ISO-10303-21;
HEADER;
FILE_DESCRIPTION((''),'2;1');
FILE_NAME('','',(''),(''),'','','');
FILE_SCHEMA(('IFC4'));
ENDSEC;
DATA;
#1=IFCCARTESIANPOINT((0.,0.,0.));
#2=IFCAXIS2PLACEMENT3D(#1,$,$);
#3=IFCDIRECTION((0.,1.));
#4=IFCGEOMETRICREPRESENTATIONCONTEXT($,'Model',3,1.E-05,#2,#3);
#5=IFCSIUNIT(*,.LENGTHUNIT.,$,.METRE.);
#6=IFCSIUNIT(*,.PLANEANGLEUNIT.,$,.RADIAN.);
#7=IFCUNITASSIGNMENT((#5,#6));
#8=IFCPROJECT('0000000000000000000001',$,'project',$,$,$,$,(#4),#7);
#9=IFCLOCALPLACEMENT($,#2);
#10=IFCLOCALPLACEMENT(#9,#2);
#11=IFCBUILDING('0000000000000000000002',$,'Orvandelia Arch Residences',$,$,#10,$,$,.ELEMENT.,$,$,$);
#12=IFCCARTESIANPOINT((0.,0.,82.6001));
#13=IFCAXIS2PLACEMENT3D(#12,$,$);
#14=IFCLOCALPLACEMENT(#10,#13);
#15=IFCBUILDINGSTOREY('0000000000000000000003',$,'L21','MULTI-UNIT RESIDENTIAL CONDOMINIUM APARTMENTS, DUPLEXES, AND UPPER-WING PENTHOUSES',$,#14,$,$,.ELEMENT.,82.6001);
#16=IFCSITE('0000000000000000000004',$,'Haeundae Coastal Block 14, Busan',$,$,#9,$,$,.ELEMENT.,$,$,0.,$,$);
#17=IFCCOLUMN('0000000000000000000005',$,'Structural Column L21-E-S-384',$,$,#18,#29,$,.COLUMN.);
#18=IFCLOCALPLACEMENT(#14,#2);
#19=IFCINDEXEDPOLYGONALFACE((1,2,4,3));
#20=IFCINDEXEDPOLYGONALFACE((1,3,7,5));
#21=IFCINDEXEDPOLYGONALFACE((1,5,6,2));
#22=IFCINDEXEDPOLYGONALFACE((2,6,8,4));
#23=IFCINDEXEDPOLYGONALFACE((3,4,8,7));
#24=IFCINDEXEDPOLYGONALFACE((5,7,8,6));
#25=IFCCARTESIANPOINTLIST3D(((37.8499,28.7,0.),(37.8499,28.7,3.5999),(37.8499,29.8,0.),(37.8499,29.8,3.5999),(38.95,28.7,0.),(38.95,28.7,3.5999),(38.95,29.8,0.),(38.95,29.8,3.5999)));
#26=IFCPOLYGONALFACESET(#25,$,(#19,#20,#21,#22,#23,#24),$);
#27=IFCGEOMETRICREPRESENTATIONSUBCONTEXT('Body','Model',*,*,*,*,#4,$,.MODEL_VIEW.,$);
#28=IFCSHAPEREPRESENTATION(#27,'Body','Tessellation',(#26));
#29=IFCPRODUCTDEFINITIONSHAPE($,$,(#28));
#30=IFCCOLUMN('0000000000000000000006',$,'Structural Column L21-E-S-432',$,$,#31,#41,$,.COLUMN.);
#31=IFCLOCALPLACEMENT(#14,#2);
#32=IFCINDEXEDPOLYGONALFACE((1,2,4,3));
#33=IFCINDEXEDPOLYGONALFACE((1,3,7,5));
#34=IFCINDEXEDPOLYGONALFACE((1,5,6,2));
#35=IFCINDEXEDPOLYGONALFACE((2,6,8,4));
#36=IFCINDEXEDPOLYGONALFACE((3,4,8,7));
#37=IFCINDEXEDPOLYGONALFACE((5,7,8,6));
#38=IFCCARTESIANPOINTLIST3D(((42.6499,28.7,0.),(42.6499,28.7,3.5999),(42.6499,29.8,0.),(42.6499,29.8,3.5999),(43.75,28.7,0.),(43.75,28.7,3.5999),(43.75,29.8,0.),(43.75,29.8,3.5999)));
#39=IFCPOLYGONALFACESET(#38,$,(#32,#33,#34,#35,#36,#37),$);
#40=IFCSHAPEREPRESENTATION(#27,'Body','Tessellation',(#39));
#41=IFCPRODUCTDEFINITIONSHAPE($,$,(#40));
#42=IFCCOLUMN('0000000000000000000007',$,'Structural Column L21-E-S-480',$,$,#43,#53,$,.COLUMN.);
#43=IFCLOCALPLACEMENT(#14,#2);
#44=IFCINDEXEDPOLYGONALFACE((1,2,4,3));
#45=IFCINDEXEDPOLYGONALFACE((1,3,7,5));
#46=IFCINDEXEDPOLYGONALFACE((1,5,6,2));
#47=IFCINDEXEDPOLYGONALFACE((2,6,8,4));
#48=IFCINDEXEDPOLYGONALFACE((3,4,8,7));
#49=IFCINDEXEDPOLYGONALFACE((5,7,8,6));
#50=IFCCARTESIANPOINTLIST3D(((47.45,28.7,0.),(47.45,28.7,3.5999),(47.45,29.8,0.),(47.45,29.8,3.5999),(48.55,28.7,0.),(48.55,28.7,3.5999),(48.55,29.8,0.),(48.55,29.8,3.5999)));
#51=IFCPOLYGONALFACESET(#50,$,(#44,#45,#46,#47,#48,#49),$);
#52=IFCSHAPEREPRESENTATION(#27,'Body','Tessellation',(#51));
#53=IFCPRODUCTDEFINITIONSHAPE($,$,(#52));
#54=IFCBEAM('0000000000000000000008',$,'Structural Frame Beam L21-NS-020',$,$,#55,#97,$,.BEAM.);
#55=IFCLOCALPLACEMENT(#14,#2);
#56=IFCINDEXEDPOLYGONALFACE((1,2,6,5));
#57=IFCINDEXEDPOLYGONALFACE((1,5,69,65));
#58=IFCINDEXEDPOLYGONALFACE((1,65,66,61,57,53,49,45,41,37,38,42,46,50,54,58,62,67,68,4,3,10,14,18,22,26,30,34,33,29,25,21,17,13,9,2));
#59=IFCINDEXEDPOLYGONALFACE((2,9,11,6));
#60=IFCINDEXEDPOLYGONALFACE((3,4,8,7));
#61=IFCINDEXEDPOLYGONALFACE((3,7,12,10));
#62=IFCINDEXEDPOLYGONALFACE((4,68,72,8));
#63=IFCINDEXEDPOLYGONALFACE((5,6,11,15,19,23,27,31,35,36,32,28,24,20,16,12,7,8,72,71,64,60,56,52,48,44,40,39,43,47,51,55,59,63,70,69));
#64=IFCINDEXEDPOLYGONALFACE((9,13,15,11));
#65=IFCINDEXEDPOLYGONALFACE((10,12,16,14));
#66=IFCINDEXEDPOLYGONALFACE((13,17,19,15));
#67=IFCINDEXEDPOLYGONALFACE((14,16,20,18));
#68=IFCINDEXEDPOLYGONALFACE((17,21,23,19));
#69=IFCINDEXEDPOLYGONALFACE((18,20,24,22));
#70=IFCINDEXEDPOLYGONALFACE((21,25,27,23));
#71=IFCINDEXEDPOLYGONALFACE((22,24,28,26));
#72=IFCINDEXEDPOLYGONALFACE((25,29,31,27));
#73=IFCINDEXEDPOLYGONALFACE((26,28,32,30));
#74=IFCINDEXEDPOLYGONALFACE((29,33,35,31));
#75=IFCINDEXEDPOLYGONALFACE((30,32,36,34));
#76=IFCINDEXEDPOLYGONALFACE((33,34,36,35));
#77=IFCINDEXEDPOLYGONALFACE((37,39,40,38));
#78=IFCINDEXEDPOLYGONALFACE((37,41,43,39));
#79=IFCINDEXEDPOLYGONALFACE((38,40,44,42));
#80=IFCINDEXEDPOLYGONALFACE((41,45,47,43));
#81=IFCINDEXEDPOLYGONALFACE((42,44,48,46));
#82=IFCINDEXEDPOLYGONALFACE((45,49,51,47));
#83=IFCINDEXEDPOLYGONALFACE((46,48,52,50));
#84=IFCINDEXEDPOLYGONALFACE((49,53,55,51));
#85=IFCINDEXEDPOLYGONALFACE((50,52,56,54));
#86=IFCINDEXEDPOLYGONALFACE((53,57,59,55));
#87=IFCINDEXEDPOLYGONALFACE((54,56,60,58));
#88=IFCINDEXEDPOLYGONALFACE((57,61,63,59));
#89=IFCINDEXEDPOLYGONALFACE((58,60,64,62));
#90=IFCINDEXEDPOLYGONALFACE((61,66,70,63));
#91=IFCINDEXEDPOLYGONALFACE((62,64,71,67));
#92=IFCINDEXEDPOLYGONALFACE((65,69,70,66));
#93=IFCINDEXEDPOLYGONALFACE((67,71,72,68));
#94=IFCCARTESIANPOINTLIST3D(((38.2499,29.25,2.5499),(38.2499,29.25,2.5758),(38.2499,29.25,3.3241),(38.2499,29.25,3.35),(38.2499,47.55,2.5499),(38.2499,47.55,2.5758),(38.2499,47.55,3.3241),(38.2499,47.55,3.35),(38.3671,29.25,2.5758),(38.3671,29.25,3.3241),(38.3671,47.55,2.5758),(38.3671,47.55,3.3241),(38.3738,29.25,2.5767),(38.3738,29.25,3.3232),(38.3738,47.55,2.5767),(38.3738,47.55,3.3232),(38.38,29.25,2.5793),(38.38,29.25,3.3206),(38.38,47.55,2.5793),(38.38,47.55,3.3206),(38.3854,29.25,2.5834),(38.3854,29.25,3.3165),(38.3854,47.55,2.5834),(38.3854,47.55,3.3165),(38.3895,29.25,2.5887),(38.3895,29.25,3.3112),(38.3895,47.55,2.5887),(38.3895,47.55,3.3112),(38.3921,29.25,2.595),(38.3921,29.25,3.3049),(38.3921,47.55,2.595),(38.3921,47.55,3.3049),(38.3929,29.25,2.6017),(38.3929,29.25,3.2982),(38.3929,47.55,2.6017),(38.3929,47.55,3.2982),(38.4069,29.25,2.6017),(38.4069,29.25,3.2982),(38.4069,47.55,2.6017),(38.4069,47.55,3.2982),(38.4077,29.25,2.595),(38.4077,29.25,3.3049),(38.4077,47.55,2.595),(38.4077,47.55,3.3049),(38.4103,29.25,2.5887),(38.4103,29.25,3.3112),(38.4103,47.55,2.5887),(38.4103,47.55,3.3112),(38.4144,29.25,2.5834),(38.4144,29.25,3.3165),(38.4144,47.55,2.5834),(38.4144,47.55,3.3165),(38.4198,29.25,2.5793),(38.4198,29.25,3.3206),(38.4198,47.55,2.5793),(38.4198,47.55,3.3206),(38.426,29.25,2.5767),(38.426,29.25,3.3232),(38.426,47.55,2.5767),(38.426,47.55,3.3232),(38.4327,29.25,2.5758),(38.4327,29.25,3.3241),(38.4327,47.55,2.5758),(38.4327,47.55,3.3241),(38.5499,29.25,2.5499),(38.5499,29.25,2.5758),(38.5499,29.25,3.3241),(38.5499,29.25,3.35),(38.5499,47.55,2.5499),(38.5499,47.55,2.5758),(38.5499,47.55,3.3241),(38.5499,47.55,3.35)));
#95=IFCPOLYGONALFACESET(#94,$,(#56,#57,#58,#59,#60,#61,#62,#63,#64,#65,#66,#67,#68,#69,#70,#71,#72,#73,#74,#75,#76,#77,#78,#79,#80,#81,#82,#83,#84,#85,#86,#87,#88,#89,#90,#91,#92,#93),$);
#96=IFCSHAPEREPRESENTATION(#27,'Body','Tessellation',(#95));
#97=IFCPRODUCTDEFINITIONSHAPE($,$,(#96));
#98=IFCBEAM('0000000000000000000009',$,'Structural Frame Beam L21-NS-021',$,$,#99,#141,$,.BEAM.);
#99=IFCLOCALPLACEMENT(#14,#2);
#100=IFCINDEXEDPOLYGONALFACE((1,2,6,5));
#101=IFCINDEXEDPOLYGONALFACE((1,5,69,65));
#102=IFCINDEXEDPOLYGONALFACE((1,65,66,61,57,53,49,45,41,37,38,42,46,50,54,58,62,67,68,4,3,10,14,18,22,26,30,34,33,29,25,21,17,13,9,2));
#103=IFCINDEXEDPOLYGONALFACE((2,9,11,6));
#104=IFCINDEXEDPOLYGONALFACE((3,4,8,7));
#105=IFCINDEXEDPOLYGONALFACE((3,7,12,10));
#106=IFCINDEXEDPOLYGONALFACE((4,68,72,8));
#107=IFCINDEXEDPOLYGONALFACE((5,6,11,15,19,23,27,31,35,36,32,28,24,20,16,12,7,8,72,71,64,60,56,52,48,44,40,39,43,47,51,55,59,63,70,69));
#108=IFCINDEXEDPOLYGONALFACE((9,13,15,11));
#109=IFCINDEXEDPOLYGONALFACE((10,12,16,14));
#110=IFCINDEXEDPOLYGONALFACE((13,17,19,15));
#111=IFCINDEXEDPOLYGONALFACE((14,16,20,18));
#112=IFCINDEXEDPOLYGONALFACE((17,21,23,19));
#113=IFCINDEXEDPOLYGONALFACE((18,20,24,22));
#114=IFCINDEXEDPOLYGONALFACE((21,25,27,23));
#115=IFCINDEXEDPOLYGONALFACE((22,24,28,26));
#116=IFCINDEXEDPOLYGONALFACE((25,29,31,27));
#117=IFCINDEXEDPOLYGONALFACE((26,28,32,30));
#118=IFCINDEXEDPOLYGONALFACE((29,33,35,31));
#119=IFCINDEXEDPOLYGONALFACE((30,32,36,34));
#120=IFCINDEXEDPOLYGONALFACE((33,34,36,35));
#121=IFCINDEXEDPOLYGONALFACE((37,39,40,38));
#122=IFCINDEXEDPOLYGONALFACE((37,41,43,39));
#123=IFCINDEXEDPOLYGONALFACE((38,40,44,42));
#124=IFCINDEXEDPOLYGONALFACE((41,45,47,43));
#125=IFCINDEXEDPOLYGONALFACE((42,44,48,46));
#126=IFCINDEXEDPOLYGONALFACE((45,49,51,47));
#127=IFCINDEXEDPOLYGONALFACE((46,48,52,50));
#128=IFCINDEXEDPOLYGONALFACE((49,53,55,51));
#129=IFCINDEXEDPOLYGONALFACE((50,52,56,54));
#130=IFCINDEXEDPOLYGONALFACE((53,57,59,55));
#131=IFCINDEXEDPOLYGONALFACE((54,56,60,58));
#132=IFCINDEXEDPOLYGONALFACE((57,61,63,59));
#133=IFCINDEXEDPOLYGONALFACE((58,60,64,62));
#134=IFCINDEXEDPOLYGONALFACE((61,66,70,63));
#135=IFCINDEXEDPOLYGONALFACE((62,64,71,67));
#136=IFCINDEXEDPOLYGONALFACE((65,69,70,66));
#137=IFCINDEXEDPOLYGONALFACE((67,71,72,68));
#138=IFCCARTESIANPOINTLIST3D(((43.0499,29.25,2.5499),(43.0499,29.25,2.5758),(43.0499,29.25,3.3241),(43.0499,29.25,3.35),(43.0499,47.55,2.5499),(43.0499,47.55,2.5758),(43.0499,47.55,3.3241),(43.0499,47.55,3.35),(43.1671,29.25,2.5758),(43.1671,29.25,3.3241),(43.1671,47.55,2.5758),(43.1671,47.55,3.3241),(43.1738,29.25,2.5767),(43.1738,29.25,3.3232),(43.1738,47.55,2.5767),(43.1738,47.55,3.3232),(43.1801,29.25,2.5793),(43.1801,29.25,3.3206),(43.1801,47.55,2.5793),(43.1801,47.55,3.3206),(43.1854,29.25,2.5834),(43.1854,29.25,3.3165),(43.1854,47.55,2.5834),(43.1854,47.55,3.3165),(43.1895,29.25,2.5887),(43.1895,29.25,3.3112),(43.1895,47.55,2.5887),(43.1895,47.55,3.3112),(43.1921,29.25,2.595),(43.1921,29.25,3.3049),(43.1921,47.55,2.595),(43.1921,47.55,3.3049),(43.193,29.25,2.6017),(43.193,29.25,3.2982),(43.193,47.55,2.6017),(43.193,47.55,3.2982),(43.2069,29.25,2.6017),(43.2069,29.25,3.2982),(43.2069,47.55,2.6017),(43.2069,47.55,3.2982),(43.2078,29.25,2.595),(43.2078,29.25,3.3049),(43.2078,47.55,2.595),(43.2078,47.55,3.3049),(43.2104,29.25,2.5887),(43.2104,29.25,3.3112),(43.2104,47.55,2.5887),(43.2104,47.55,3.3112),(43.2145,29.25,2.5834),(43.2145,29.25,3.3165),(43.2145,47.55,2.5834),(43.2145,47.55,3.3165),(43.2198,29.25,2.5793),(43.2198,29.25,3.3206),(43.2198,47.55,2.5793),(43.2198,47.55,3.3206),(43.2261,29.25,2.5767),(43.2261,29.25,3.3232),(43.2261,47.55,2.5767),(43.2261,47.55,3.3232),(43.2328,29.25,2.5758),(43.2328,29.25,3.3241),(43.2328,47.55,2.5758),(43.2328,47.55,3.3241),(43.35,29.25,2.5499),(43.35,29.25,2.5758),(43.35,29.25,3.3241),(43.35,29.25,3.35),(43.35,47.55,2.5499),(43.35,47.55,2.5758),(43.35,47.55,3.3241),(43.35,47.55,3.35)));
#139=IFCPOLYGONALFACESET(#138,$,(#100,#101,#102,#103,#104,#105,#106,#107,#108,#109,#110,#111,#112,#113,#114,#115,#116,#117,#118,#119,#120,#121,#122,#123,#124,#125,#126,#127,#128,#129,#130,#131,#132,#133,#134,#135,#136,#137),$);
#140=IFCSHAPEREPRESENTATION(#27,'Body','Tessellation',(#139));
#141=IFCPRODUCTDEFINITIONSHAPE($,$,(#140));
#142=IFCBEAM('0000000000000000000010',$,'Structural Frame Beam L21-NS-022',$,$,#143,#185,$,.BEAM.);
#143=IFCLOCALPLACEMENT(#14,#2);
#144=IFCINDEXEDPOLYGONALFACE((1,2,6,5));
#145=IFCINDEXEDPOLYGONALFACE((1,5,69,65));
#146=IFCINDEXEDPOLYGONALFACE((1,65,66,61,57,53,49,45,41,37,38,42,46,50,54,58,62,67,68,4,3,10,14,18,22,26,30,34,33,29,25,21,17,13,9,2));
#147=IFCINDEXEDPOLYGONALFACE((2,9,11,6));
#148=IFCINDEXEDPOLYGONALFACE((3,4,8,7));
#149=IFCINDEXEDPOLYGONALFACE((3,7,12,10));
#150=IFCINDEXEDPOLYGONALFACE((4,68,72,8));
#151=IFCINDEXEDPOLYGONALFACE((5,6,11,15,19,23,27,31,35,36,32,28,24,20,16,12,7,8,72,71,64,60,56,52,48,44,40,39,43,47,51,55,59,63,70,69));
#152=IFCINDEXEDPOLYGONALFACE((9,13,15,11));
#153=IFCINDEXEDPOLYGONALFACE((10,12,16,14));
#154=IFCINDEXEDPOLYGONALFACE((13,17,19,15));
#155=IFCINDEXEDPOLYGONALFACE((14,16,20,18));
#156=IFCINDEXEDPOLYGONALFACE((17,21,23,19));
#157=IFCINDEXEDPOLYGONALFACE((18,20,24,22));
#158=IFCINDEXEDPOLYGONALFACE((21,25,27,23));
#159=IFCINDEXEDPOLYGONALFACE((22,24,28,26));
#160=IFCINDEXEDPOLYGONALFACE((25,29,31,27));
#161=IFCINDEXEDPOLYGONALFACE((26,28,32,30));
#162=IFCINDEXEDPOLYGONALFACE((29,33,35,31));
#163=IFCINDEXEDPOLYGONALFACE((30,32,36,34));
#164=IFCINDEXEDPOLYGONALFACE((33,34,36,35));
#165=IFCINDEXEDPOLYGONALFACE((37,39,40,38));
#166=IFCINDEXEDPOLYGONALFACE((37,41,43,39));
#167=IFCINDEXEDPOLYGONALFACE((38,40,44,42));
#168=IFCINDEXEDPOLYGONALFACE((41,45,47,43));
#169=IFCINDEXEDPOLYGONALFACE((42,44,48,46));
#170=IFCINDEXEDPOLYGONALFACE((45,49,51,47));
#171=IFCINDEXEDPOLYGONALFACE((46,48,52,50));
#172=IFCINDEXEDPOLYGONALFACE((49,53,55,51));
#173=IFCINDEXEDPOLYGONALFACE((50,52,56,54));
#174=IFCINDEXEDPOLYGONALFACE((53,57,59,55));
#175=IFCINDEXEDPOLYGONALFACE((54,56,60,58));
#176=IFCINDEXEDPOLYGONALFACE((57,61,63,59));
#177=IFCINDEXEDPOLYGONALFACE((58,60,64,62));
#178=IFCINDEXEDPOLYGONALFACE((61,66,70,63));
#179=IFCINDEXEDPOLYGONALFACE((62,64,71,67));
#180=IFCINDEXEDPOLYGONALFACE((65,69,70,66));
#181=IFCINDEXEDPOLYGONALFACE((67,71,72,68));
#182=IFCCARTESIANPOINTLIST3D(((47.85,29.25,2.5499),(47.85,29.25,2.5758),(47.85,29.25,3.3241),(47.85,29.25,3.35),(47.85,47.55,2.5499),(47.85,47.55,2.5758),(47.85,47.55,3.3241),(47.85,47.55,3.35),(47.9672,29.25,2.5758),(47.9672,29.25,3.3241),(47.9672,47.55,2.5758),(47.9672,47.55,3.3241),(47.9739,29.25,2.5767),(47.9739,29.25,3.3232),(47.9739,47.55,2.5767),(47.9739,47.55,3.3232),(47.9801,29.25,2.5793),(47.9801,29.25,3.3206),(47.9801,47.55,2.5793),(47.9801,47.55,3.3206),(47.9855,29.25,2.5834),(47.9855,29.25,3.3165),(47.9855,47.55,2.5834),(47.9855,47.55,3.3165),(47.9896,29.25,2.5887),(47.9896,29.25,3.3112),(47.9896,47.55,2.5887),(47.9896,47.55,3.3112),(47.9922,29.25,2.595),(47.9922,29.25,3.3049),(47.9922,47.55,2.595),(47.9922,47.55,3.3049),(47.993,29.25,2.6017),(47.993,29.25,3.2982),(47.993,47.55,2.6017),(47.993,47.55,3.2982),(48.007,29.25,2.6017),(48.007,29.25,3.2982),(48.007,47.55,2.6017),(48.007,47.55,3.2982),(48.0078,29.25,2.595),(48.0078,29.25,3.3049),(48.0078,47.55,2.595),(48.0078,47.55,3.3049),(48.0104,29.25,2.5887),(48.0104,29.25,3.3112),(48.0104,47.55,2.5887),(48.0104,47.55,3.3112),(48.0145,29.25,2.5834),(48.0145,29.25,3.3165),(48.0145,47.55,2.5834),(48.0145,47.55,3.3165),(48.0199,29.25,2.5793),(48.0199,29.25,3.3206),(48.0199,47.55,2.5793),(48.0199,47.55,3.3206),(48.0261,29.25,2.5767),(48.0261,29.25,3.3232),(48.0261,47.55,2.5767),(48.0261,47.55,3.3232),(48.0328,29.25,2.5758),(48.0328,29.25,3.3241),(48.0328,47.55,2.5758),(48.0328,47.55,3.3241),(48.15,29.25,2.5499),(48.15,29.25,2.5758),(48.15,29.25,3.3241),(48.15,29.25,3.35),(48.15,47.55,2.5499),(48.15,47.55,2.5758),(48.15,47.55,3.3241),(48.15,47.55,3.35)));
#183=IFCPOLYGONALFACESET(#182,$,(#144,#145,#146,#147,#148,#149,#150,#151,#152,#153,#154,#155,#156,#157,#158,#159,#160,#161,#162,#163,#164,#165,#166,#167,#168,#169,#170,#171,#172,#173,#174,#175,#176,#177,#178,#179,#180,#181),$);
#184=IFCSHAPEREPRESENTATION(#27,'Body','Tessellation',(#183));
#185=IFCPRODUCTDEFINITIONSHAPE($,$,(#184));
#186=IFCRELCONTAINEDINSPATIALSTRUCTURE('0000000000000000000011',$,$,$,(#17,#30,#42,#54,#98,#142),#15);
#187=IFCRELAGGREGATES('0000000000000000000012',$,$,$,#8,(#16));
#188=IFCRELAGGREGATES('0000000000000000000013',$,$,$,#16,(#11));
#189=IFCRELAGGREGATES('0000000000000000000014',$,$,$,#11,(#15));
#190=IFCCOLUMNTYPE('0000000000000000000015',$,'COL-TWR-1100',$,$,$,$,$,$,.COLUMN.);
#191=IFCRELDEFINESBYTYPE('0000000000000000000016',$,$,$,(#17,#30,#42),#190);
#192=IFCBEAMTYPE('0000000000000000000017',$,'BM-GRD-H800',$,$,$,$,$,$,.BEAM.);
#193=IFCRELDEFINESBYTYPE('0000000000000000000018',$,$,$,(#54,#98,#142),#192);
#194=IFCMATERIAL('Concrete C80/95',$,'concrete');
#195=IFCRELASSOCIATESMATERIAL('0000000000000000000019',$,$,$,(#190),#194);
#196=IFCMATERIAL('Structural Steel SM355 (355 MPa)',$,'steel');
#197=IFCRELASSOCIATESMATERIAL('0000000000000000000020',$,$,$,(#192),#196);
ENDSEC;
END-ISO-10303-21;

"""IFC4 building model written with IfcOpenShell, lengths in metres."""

from ifc_helpers import new_model, si_unit, direction, frame, origin, origin_2d, place, context, subcontext, project, spatial, rectangle, i_section, extrude, material, material_profile, profile_set, type_object, element, save


model = new_model("IFC4")

# Units and contexts
model_context = context("Model", 3, precision=1e-05, world=origin(), true_north=direction((0.0, 1.0)))
body_context = subcontext(model_context, "Body", "Model", "MODEL_VIEW")
ifc_project = project(units=[si_unit("LENGTHUNIT", "METRE"), si_unit("PLANEANGLEUNIT", "RADIAN")], contexts=[model_context])

# Site, building, storey
site_placement = place(None, origin())
site = spatial("IfcSite", under=ifc_project, at=site_placement, Name="Haeundae Coastal Block 14, Busan", CompositionType="ELEMENT", RefElevation=0.0)
building_placement = place(site_placement, origin())
building = spatial("IfcBuilding", under=site, at=building_placement, Name="Orvandelia Arch Residences", CompositionType="ELEMENT")
storey_placement = place(building_placement, frame((0.0, 0.0, 82.6001)))
storey = spatial("IfcBuildingStorey", under=building, at=storey_placement, Name="L21", Description="MULTI-UNIT RESIDENTIAL CONDOMINIUM APARTMENTS, DUPLEXES, AND UPPER-WING PENTHOUSES", CompositionType="ELEMENT", Elevation=82.6001)

# Columns
ifc_material_1 = material(Name="Concrete C80/95", Category="concrete")
ifc_material_profile_1 = material_profile(ifc_material_1, rectangle(XDim=1.1001, YDim=1.1001, at=origin_2d()), Name="Concrete C80/95", Category="concrete")
ifc_profile_set_1 = profile_set([ifc_material_profile_1], Name="Concrete C80/95")
column_type = type_object("IfcColumnType", Name="COL-TWR-1100", PredefinedType="COLUMN", material=ifc_profile_set_1)
for number, where, z_axis, x_axis, name in (
    (1, (38.3999, 29.25, 0.0), (0.0, 0.0, 1.0), (1.0, 0.0, 0.0), "Structural Column L21-E-S-384"),
    (2, (43.2, 29.25, 0.0), (0.0, 0.0, 1.0), (1.0, 0.0, 0.0), "Structural Column L21-E-S-432"),
    (3, (48.0, 29.25, 0.0), (0.0, 0.0, 1.0), (1.0, 0.0, 0.0), "Structural Column L21-E-S-480"),
):
    element("IfcColumn", number, at=place(storey_placement, frame(where, z_axis=z_axis, x_axis=x_axis)), inside=storey, type_object=column_type, Name=name, PredefinedType="COLUMN", context=body_context, shape_type="SweptSolid", body=[
        extrude(rectangle(XDim=1.1001, YDim=1.1001, at=origin_2d()), origin(), (0.0, 0.0, 1.0), 3.5999),
    ])

# Beams
ifc_material_2 = material(Name="Structural Steel SM355 (355 MPa)", Category="steel")
ifc_material_profile_2 = material_profile(ifc_material_2, i_section(OverallWidth=0.3, OverallDepth=0.8, WebThickness=0.0139, FlangeThickness=0.0259, FilletRadius=0.0259, at=origin_2d()), Name="Structural Steel SM355 (355 MPa)", Category="steel")
ifc_profile_set_2 = profile_set([ifc_material_profile_2], Name="Structural Steel SM355 (355 MPa)")
beam_type = type_object("IfcBeamType", Name="BM-GRD-H800", PredefinedType="BEAM", material=ifc_profile_set_2)
for number, where, z_axis, x_axis, name in (
    (4, (38.3999, 29.25, 2.95), (0.0, 1.0, 0.0), (-1.0, 0.0, 0.0), "Structural Frame Beam L21-NS-020"),
    (5, (43.2, 29.25, 2.95), (0.0, 1.0, 0.0), (-1.0, 0.0, 0.0), "Structural Frame Beam L21-NS-021"),
    (6, (48.0, 29.25, 2.95), (0.0, 1.0, 0.0), (-1.0, 0.0, 0.0), "Structural Frame Beam L21-NS-022"),
):
    element("IfcBeam", number, at=place(storey_placement, frame(where, z_axis=z_axis, x_axis=x_axis)), inside=storey, type_object=beam_type, Name=name, PredefinedType="BEAM", context=body_context, shape_type="SweptSolid", body=[
        extrude(i_section(OverallWidth=0.3, OverallDepth=0.8, WebThickness=0.0139, FlangeThickness=0.0259, FilletRadius=0.0259, at=origin_2d()), origin(), (0.0, 0.0, 1.0), 18.3),
    ])

save(model, "model.ifc")
